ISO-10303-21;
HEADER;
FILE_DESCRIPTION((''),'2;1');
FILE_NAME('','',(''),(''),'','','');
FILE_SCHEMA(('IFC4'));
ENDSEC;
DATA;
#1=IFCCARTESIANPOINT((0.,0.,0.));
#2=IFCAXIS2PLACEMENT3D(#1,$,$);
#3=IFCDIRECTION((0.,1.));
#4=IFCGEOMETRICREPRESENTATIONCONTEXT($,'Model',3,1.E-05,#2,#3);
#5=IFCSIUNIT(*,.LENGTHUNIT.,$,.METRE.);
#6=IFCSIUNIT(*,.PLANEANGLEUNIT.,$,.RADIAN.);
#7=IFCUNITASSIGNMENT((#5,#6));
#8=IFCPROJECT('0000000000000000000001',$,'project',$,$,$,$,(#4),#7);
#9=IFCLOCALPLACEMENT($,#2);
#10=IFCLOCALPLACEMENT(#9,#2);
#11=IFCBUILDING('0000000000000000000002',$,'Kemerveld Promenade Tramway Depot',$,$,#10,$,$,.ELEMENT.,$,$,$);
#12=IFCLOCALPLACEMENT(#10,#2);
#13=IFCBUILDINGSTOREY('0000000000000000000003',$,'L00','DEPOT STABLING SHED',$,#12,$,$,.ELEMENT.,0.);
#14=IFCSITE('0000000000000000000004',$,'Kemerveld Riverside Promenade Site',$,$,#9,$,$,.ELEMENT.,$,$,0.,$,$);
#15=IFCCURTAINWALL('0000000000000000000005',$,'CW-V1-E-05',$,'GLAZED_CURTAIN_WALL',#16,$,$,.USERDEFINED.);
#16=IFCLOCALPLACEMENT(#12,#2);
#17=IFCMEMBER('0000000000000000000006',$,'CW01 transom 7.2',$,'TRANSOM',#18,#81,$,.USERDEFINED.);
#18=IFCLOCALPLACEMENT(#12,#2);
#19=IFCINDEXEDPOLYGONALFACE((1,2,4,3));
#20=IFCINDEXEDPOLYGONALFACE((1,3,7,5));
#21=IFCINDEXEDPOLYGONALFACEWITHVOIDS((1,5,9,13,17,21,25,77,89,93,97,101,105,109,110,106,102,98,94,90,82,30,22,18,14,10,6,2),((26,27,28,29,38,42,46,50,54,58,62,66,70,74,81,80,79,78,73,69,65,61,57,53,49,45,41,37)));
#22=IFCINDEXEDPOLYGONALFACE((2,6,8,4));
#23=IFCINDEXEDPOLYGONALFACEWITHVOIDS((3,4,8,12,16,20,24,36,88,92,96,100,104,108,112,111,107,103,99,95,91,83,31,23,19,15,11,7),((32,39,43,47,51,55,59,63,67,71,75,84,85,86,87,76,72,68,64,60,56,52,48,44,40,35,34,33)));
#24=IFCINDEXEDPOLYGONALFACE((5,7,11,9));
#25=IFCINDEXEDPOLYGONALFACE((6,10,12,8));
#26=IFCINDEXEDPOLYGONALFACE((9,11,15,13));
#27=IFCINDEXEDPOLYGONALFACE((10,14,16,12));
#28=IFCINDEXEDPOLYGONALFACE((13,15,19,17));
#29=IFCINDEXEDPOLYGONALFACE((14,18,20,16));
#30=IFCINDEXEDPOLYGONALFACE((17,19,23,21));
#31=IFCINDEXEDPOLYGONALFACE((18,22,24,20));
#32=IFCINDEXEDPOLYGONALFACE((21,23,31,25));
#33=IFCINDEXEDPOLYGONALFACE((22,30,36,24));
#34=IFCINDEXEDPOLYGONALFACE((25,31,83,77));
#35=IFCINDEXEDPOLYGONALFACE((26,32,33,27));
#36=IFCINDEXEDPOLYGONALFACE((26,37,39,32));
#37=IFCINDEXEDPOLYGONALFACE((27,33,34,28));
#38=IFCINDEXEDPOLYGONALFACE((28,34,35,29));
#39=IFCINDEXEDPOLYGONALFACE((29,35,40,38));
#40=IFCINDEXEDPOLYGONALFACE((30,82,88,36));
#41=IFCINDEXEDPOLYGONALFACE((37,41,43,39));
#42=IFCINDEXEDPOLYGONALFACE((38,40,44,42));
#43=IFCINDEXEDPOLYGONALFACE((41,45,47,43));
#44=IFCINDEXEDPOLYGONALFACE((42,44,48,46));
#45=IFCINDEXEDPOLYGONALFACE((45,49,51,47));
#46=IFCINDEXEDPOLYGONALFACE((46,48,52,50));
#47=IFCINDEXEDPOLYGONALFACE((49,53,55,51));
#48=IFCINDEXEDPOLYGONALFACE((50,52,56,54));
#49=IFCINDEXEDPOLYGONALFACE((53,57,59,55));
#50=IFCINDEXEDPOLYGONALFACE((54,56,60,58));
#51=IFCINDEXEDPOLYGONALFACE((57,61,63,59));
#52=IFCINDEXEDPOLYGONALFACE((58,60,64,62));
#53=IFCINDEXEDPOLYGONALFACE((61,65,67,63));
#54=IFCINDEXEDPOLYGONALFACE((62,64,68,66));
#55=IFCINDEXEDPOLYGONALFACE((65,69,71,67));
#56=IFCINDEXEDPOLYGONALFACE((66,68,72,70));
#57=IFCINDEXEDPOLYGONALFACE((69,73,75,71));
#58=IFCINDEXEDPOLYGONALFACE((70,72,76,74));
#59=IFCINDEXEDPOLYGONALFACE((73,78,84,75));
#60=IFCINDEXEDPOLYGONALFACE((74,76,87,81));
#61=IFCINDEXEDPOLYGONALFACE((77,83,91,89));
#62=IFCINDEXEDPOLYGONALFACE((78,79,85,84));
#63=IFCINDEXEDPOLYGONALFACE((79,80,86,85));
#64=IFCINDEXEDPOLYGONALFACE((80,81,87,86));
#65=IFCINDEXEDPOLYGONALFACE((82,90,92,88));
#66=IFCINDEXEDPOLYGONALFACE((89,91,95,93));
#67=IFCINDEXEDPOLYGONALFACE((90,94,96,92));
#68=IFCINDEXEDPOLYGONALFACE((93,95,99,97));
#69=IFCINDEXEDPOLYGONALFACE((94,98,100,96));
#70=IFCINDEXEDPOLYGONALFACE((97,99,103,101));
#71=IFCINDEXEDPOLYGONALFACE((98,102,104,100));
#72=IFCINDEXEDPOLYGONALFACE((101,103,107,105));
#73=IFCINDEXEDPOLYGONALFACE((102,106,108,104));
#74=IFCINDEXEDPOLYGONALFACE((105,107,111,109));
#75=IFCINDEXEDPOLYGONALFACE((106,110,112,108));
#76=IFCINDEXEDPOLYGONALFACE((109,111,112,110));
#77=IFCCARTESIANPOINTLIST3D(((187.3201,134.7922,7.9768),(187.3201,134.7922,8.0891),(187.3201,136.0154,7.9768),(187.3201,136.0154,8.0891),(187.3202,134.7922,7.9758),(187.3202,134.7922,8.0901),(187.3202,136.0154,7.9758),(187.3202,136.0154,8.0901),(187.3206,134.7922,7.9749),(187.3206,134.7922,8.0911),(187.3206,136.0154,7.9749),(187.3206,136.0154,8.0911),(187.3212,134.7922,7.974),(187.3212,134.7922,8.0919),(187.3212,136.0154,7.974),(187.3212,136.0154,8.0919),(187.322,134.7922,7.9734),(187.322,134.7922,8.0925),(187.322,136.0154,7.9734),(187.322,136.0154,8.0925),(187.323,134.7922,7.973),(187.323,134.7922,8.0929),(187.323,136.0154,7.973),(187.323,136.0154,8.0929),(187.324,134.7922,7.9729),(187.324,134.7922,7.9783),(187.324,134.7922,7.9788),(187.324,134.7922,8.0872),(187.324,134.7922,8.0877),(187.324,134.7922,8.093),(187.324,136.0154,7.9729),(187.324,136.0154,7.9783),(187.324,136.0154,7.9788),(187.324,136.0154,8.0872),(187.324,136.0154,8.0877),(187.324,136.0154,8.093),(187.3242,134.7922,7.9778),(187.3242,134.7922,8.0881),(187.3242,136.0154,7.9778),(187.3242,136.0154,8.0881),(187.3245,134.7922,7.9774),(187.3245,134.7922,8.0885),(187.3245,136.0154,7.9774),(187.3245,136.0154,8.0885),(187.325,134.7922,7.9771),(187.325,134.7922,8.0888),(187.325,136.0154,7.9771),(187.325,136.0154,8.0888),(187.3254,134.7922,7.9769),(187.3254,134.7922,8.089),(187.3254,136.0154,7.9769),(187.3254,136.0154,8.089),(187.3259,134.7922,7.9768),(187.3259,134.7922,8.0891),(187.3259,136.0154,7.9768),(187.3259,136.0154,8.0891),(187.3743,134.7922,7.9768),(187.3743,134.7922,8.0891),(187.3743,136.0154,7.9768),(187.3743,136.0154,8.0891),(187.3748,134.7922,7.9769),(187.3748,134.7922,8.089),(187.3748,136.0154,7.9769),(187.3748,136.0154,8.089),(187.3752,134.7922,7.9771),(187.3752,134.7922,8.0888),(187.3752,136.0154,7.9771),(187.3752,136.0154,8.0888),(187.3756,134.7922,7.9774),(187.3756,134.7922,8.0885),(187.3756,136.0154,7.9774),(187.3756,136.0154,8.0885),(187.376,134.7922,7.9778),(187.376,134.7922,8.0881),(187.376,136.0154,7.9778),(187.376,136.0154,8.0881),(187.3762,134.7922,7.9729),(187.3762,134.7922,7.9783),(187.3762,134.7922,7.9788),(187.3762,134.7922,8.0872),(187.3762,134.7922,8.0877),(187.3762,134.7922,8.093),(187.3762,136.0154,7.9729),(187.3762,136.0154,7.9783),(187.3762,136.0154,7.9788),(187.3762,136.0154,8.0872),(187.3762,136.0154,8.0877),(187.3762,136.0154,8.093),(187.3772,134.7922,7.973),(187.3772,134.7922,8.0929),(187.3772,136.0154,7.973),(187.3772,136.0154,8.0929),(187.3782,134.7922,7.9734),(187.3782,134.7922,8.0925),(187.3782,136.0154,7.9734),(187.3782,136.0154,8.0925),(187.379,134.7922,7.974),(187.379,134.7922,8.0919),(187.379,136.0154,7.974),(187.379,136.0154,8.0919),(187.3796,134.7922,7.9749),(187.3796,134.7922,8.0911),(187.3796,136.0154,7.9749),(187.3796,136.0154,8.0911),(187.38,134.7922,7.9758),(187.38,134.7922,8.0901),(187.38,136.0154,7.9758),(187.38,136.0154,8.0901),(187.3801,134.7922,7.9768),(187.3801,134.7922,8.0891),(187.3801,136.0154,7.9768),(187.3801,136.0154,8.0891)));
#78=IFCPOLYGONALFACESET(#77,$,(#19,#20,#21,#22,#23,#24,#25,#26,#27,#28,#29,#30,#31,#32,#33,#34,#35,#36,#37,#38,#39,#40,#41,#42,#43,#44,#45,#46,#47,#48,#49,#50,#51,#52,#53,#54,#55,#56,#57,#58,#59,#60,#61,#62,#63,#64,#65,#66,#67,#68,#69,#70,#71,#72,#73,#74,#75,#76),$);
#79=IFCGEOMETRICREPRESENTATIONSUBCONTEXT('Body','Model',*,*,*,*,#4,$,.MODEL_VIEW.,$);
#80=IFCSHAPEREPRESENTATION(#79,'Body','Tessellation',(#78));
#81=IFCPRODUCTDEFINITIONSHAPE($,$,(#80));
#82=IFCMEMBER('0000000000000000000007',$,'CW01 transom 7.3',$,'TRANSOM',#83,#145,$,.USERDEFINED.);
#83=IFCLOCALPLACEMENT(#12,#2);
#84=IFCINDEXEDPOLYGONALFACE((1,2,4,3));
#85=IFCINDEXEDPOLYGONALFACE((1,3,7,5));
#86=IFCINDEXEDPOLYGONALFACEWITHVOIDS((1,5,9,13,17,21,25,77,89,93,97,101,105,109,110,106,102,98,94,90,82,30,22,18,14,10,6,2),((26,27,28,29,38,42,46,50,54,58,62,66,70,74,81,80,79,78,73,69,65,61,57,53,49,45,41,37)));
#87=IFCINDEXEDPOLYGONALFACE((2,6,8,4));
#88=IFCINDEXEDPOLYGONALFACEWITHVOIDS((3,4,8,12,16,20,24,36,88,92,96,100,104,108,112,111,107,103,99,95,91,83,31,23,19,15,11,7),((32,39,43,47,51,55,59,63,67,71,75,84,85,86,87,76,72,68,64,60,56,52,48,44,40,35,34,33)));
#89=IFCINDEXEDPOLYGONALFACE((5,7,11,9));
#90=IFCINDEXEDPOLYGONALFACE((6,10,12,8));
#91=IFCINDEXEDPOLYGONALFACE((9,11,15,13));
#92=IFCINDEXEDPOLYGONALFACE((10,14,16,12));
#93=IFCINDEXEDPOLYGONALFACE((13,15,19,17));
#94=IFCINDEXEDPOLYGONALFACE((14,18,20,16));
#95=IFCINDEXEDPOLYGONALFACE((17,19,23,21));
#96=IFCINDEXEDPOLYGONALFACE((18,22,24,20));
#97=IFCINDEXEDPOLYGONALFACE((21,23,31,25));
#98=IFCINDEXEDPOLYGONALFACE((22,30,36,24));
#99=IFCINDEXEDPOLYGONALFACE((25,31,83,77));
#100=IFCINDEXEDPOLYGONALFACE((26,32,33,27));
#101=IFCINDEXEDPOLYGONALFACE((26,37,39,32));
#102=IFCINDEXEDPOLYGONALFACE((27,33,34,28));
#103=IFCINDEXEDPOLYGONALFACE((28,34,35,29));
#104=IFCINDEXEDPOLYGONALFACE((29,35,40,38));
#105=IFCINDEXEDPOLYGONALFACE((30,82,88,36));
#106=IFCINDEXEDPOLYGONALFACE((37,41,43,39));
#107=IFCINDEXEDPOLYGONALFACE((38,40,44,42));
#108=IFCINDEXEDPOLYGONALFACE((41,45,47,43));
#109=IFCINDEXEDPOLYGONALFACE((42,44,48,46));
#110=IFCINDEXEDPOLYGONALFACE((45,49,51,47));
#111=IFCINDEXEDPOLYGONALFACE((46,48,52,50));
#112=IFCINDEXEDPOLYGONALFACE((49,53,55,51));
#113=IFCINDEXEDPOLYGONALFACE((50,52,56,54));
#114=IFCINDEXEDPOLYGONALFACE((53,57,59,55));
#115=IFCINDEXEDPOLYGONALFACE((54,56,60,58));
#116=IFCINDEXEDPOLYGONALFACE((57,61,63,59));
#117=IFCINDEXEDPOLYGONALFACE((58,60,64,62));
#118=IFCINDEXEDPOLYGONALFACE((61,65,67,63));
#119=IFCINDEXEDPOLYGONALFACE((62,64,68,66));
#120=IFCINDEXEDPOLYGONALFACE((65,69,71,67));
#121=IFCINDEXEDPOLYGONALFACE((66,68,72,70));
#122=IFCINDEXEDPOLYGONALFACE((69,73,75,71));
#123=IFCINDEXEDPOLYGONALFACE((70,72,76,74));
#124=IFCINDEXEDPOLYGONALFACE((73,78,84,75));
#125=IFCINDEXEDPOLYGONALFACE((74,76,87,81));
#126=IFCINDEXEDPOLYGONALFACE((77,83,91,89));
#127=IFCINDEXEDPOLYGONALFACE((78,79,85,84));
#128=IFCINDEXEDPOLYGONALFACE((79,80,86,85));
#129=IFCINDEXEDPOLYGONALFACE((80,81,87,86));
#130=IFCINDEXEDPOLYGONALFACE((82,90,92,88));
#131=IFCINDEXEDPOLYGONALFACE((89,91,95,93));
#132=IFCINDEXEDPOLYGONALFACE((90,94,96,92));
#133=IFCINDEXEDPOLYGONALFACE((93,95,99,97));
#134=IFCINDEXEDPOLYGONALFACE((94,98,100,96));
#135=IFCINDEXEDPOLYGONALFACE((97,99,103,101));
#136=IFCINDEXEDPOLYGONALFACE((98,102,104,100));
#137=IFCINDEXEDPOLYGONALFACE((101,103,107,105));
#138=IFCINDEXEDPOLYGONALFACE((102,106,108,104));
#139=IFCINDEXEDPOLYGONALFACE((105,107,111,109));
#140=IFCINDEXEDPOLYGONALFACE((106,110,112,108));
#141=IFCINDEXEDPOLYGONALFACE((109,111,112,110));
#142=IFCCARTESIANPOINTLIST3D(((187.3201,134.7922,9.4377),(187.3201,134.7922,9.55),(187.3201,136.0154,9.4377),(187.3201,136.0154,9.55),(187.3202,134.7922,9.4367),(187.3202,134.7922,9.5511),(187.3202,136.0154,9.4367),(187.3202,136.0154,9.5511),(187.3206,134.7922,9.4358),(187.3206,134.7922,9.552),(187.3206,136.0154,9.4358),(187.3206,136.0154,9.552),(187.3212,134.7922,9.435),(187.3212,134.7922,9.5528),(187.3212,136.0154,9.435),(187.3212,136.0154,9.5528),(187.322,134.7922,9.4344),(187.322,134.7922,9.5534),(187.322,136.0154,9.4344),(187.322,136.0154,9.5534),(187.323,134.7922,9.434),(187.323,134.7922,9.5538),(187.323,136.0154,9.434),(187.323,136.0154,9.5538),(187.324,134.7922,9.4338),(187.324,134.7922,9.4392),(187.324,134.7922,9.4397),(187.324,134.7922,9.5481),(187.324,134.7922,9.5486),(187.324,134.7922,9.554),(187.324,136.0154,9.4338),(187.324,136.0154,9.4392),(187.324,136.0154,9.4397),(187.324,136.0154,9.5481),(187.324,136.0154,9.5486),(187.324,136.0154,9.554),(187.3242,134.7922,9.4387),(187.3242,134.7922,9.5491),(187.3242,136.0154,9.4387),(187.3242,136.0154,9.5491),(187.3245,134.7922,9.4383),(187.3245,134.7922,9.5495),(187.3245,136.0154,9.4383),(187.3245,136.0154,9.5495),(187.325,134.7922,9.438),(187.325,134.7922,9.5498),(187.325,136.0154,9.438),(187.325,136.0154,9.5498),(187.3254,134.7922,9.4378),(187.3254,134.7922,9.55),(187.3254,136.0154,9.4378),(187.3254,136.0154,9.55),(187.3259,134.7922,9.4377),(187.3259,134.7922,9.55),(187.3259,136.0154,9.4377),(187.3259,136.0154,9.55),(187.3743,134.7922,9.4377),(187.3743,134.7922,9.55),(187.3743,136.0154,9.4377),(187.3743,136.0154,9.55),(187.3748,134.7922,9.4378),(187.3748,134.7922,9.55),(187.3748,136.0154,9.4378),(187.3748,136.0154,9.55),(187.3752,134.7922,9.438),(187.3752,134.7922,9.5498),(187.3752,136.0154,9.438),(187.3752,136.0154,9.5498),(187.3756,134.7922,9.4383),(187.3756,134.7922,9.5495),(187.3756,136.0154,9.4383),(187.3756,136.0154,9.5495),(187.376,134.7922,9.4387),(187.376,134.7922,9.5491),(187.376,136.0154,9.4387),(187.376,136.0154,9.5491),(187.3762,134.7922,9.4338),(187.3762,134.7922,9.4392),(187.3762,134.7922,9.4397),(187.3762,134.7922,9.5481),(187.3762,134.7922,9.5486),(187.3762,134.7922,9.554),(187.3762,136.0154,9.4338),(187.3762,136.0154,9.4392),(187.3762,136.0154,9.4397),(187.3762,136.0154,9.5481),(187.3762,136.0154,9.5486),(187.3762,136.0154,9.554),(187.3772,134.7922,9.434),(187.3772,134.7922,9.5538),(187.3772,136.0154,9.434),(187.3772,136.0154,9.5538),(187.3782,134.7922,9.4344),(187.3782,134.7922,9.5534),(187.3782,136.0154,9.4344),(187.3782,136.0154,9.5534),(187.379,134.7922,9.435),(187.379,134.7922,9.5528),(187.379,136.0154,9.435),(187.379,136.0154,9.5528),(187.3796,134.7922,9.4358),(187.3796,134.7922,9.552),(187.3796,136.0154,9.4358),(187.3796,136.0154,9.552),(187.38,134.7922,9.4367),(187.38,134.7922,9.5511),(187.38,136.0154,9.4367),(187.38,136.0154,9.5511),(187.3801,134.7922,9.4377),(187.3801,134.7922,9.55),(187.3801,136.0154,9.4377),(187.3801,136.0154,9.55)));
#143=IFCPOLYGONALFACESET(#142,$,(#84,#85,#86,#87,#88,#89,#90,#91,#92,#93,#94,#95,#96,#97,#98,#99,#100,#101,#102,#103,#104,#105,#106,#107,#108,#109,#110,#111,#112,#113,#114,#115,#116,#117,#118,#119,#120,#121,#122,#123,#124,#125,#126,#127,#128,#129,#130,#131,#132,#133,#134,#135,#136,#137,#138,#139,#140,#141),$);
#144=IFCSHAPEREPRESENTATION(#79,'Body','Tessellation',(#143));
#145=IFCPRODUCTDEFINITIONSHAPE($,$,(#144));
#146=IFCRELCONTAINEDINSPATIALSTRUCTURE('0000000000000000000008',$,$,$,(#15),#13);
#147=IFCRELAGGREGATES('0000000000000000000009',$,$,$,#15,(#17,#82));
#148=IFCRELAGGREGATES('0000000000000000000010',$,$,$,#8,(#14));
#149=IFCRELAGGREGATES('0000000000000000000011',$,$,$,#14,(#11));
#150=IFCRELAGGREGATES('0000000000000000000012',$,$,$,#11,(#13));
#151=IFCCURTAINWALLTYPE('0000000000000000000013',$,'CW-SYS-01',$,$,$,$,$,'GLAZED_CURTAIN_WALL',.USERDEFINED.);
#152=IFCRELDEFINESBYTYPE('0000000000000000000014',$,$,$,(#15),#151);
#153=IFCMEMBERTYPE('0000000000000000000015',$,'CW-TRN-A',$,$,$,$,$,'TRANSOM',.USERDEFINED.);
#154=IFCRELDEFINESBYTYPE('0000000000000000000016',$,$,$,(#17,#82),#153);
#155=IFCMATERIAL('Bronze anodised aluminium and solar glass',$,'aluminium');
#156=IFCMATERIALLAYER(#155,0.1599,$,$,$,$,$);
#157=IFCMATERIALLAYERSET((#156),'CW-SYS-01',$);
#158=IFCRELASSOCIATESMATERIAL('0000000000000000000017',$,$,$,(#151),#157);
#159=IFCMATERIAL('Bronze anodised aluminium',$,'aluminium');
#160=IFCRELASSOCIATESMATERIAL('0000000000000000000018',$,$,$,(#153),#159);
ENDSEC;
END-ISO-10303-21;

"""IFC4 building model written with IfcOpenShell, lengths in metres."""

from ifc_helpers import new_model, si_unit, direction, frame, origin, origin_2d, place, context, subcontext, project, spatial, hollow_rectangle, extrude, material, layer, layer_set, material_profile, profile_set, type_object, element, aggregate, save


model = new_model("IFC4")

# Units and contexts
model_context = context("Model", 3, precision=1e-05, world=origin(), true_north=direction((0.0, 1.0)))
body_context = subcontext(model_context, "Body", "Model", "MODEL_VIEW")
ifc_project = project(units=[si_unit("LENGTHUNIT", "METRE"), si_unit("PLANEANGLEUNIT", "RADIAN")], contexts=[model_context])

# Site, building, storey
site_placement = place(None, origin())
site = spatial("IfcSite", under=ifc_project, at=site_placement, Name="Kemerveld Riverside Promenade Site", CompositionType="ELEMENT", RefElevation=0.0)
building_placement = place(site_placement, origin())
building = spatial("IfcBuilding", under=site, at=building_placement, Name="Kemerveld Promenade Tramway Depot", CompositionType="ELEMENT")
storey_placement = place(building_placement, origin())
storey = spatial("IfcBuildingStorey", under=building, at=storey_placement, Name="L00", Description="DEPOT STABLING SHED", CompositionType="ELEMENT", Elevation=0.0)

# Curtain wall, members
ifc_material_1 = material(Name="Bronze anodised aluminium and solar glass", Category="aluminium")
ifc_layer_1 = layer(ifc_material_1, 0.1599)
ifc_layer_set_1 = layer_set([ifc_layer_1], Name="CW-SYS-01")
curtain_wall_type = type_object("IfcCurtainWallType", Name="CW-SYS-01", ElementType="GLAZED_CURTAIN_WALL", PredefinedType="USERDEFINED", material=ifc_layer_set_1)
curtain_wall_placement = place(storey_placement, origin())
curtain_wall = element("IfcCurtainWall", 1, at=curtain_wall_placement, inside=storey, type_object=curtain_wall_type, Name="CW-V1-E-05", ObjectType="GLAZED_CURTAIN_WALL", PredefinedType="USERDEFINED")
ifc_material_2 = material(Name="Bronze anodised aluminium", Category="aluminium")
ifc_material_profile_1 = material_profile(ifc_material_2, hollow_rectangle(XDim=0.0601, YDim=0.1201, WallThickness=0.0039, InnerFilletRadius=0.002, OuterFilletRadius=0.0039, at=origin_2d()), Name="CW-TRN-120x60")
ifc_profile_set_1 = profile_set([ifc_material_profile_1], Name="Bronze anodised aluminium")
member_type_1 = type_object("IfcMemberType", Name="CW-TRN-A", ElementType="TRANSOM", PredefinedType="USERDEFINED", material=ifc_profile_set_1)
member_1_placement = place(storey_placement, frame((187.3501, 136.0154, 8.033), z_axis=(0.0, -1.0, 0.0), x_axis=(1.0, 0.0, 0.0)))
member_1 = element("IfcMember", 2, at=member_1_placement, type_object=member_type_1, Name="CW01 transom 7.2", ObjectType="TRANSOM", PredefinedType="USERDEFINED", context=body_context, shape_type="SweptSolid", body=[
    extrude(hollow_rectangle(XDim=0.0601, YDim=0.1201, WallThickness=0.0039, InnerFilletRadius=0.002, OuterFilletRadius=0.0039, at=origin_2d()), origin(), (0.0, 0.0, 1.0), 1.2231),
])
member_2_placement = place(storey_placement, frame((187.3501, 136.0154, 9.4939), z_axis=(0.0, -1.0, 0.0), x_axis=(1.0, 0.0, 0.0)))
member_2 = element("IfcMember", 3, at=member_2_placement, type_object=member_type_1, Name="CW01 transom 7.3", ObjectType="TRANSOM", PredefinedType="USERDEFINED", context=body_context, shape_type="SweptSolid", body=[
    extrude(hollow_rectangle(XDim=0.0601, YDim=0.1201, WallThickness=0.0039, InnerFilletRadius=0.002, OuterFilletRadius=0.0039, at=origin_2d()), origin(), (0.0, 0.0, 1.0), 1.2231),
])
aggregate(curtain_wall, [member_1, member_2])

save(model, "model.ifc")
